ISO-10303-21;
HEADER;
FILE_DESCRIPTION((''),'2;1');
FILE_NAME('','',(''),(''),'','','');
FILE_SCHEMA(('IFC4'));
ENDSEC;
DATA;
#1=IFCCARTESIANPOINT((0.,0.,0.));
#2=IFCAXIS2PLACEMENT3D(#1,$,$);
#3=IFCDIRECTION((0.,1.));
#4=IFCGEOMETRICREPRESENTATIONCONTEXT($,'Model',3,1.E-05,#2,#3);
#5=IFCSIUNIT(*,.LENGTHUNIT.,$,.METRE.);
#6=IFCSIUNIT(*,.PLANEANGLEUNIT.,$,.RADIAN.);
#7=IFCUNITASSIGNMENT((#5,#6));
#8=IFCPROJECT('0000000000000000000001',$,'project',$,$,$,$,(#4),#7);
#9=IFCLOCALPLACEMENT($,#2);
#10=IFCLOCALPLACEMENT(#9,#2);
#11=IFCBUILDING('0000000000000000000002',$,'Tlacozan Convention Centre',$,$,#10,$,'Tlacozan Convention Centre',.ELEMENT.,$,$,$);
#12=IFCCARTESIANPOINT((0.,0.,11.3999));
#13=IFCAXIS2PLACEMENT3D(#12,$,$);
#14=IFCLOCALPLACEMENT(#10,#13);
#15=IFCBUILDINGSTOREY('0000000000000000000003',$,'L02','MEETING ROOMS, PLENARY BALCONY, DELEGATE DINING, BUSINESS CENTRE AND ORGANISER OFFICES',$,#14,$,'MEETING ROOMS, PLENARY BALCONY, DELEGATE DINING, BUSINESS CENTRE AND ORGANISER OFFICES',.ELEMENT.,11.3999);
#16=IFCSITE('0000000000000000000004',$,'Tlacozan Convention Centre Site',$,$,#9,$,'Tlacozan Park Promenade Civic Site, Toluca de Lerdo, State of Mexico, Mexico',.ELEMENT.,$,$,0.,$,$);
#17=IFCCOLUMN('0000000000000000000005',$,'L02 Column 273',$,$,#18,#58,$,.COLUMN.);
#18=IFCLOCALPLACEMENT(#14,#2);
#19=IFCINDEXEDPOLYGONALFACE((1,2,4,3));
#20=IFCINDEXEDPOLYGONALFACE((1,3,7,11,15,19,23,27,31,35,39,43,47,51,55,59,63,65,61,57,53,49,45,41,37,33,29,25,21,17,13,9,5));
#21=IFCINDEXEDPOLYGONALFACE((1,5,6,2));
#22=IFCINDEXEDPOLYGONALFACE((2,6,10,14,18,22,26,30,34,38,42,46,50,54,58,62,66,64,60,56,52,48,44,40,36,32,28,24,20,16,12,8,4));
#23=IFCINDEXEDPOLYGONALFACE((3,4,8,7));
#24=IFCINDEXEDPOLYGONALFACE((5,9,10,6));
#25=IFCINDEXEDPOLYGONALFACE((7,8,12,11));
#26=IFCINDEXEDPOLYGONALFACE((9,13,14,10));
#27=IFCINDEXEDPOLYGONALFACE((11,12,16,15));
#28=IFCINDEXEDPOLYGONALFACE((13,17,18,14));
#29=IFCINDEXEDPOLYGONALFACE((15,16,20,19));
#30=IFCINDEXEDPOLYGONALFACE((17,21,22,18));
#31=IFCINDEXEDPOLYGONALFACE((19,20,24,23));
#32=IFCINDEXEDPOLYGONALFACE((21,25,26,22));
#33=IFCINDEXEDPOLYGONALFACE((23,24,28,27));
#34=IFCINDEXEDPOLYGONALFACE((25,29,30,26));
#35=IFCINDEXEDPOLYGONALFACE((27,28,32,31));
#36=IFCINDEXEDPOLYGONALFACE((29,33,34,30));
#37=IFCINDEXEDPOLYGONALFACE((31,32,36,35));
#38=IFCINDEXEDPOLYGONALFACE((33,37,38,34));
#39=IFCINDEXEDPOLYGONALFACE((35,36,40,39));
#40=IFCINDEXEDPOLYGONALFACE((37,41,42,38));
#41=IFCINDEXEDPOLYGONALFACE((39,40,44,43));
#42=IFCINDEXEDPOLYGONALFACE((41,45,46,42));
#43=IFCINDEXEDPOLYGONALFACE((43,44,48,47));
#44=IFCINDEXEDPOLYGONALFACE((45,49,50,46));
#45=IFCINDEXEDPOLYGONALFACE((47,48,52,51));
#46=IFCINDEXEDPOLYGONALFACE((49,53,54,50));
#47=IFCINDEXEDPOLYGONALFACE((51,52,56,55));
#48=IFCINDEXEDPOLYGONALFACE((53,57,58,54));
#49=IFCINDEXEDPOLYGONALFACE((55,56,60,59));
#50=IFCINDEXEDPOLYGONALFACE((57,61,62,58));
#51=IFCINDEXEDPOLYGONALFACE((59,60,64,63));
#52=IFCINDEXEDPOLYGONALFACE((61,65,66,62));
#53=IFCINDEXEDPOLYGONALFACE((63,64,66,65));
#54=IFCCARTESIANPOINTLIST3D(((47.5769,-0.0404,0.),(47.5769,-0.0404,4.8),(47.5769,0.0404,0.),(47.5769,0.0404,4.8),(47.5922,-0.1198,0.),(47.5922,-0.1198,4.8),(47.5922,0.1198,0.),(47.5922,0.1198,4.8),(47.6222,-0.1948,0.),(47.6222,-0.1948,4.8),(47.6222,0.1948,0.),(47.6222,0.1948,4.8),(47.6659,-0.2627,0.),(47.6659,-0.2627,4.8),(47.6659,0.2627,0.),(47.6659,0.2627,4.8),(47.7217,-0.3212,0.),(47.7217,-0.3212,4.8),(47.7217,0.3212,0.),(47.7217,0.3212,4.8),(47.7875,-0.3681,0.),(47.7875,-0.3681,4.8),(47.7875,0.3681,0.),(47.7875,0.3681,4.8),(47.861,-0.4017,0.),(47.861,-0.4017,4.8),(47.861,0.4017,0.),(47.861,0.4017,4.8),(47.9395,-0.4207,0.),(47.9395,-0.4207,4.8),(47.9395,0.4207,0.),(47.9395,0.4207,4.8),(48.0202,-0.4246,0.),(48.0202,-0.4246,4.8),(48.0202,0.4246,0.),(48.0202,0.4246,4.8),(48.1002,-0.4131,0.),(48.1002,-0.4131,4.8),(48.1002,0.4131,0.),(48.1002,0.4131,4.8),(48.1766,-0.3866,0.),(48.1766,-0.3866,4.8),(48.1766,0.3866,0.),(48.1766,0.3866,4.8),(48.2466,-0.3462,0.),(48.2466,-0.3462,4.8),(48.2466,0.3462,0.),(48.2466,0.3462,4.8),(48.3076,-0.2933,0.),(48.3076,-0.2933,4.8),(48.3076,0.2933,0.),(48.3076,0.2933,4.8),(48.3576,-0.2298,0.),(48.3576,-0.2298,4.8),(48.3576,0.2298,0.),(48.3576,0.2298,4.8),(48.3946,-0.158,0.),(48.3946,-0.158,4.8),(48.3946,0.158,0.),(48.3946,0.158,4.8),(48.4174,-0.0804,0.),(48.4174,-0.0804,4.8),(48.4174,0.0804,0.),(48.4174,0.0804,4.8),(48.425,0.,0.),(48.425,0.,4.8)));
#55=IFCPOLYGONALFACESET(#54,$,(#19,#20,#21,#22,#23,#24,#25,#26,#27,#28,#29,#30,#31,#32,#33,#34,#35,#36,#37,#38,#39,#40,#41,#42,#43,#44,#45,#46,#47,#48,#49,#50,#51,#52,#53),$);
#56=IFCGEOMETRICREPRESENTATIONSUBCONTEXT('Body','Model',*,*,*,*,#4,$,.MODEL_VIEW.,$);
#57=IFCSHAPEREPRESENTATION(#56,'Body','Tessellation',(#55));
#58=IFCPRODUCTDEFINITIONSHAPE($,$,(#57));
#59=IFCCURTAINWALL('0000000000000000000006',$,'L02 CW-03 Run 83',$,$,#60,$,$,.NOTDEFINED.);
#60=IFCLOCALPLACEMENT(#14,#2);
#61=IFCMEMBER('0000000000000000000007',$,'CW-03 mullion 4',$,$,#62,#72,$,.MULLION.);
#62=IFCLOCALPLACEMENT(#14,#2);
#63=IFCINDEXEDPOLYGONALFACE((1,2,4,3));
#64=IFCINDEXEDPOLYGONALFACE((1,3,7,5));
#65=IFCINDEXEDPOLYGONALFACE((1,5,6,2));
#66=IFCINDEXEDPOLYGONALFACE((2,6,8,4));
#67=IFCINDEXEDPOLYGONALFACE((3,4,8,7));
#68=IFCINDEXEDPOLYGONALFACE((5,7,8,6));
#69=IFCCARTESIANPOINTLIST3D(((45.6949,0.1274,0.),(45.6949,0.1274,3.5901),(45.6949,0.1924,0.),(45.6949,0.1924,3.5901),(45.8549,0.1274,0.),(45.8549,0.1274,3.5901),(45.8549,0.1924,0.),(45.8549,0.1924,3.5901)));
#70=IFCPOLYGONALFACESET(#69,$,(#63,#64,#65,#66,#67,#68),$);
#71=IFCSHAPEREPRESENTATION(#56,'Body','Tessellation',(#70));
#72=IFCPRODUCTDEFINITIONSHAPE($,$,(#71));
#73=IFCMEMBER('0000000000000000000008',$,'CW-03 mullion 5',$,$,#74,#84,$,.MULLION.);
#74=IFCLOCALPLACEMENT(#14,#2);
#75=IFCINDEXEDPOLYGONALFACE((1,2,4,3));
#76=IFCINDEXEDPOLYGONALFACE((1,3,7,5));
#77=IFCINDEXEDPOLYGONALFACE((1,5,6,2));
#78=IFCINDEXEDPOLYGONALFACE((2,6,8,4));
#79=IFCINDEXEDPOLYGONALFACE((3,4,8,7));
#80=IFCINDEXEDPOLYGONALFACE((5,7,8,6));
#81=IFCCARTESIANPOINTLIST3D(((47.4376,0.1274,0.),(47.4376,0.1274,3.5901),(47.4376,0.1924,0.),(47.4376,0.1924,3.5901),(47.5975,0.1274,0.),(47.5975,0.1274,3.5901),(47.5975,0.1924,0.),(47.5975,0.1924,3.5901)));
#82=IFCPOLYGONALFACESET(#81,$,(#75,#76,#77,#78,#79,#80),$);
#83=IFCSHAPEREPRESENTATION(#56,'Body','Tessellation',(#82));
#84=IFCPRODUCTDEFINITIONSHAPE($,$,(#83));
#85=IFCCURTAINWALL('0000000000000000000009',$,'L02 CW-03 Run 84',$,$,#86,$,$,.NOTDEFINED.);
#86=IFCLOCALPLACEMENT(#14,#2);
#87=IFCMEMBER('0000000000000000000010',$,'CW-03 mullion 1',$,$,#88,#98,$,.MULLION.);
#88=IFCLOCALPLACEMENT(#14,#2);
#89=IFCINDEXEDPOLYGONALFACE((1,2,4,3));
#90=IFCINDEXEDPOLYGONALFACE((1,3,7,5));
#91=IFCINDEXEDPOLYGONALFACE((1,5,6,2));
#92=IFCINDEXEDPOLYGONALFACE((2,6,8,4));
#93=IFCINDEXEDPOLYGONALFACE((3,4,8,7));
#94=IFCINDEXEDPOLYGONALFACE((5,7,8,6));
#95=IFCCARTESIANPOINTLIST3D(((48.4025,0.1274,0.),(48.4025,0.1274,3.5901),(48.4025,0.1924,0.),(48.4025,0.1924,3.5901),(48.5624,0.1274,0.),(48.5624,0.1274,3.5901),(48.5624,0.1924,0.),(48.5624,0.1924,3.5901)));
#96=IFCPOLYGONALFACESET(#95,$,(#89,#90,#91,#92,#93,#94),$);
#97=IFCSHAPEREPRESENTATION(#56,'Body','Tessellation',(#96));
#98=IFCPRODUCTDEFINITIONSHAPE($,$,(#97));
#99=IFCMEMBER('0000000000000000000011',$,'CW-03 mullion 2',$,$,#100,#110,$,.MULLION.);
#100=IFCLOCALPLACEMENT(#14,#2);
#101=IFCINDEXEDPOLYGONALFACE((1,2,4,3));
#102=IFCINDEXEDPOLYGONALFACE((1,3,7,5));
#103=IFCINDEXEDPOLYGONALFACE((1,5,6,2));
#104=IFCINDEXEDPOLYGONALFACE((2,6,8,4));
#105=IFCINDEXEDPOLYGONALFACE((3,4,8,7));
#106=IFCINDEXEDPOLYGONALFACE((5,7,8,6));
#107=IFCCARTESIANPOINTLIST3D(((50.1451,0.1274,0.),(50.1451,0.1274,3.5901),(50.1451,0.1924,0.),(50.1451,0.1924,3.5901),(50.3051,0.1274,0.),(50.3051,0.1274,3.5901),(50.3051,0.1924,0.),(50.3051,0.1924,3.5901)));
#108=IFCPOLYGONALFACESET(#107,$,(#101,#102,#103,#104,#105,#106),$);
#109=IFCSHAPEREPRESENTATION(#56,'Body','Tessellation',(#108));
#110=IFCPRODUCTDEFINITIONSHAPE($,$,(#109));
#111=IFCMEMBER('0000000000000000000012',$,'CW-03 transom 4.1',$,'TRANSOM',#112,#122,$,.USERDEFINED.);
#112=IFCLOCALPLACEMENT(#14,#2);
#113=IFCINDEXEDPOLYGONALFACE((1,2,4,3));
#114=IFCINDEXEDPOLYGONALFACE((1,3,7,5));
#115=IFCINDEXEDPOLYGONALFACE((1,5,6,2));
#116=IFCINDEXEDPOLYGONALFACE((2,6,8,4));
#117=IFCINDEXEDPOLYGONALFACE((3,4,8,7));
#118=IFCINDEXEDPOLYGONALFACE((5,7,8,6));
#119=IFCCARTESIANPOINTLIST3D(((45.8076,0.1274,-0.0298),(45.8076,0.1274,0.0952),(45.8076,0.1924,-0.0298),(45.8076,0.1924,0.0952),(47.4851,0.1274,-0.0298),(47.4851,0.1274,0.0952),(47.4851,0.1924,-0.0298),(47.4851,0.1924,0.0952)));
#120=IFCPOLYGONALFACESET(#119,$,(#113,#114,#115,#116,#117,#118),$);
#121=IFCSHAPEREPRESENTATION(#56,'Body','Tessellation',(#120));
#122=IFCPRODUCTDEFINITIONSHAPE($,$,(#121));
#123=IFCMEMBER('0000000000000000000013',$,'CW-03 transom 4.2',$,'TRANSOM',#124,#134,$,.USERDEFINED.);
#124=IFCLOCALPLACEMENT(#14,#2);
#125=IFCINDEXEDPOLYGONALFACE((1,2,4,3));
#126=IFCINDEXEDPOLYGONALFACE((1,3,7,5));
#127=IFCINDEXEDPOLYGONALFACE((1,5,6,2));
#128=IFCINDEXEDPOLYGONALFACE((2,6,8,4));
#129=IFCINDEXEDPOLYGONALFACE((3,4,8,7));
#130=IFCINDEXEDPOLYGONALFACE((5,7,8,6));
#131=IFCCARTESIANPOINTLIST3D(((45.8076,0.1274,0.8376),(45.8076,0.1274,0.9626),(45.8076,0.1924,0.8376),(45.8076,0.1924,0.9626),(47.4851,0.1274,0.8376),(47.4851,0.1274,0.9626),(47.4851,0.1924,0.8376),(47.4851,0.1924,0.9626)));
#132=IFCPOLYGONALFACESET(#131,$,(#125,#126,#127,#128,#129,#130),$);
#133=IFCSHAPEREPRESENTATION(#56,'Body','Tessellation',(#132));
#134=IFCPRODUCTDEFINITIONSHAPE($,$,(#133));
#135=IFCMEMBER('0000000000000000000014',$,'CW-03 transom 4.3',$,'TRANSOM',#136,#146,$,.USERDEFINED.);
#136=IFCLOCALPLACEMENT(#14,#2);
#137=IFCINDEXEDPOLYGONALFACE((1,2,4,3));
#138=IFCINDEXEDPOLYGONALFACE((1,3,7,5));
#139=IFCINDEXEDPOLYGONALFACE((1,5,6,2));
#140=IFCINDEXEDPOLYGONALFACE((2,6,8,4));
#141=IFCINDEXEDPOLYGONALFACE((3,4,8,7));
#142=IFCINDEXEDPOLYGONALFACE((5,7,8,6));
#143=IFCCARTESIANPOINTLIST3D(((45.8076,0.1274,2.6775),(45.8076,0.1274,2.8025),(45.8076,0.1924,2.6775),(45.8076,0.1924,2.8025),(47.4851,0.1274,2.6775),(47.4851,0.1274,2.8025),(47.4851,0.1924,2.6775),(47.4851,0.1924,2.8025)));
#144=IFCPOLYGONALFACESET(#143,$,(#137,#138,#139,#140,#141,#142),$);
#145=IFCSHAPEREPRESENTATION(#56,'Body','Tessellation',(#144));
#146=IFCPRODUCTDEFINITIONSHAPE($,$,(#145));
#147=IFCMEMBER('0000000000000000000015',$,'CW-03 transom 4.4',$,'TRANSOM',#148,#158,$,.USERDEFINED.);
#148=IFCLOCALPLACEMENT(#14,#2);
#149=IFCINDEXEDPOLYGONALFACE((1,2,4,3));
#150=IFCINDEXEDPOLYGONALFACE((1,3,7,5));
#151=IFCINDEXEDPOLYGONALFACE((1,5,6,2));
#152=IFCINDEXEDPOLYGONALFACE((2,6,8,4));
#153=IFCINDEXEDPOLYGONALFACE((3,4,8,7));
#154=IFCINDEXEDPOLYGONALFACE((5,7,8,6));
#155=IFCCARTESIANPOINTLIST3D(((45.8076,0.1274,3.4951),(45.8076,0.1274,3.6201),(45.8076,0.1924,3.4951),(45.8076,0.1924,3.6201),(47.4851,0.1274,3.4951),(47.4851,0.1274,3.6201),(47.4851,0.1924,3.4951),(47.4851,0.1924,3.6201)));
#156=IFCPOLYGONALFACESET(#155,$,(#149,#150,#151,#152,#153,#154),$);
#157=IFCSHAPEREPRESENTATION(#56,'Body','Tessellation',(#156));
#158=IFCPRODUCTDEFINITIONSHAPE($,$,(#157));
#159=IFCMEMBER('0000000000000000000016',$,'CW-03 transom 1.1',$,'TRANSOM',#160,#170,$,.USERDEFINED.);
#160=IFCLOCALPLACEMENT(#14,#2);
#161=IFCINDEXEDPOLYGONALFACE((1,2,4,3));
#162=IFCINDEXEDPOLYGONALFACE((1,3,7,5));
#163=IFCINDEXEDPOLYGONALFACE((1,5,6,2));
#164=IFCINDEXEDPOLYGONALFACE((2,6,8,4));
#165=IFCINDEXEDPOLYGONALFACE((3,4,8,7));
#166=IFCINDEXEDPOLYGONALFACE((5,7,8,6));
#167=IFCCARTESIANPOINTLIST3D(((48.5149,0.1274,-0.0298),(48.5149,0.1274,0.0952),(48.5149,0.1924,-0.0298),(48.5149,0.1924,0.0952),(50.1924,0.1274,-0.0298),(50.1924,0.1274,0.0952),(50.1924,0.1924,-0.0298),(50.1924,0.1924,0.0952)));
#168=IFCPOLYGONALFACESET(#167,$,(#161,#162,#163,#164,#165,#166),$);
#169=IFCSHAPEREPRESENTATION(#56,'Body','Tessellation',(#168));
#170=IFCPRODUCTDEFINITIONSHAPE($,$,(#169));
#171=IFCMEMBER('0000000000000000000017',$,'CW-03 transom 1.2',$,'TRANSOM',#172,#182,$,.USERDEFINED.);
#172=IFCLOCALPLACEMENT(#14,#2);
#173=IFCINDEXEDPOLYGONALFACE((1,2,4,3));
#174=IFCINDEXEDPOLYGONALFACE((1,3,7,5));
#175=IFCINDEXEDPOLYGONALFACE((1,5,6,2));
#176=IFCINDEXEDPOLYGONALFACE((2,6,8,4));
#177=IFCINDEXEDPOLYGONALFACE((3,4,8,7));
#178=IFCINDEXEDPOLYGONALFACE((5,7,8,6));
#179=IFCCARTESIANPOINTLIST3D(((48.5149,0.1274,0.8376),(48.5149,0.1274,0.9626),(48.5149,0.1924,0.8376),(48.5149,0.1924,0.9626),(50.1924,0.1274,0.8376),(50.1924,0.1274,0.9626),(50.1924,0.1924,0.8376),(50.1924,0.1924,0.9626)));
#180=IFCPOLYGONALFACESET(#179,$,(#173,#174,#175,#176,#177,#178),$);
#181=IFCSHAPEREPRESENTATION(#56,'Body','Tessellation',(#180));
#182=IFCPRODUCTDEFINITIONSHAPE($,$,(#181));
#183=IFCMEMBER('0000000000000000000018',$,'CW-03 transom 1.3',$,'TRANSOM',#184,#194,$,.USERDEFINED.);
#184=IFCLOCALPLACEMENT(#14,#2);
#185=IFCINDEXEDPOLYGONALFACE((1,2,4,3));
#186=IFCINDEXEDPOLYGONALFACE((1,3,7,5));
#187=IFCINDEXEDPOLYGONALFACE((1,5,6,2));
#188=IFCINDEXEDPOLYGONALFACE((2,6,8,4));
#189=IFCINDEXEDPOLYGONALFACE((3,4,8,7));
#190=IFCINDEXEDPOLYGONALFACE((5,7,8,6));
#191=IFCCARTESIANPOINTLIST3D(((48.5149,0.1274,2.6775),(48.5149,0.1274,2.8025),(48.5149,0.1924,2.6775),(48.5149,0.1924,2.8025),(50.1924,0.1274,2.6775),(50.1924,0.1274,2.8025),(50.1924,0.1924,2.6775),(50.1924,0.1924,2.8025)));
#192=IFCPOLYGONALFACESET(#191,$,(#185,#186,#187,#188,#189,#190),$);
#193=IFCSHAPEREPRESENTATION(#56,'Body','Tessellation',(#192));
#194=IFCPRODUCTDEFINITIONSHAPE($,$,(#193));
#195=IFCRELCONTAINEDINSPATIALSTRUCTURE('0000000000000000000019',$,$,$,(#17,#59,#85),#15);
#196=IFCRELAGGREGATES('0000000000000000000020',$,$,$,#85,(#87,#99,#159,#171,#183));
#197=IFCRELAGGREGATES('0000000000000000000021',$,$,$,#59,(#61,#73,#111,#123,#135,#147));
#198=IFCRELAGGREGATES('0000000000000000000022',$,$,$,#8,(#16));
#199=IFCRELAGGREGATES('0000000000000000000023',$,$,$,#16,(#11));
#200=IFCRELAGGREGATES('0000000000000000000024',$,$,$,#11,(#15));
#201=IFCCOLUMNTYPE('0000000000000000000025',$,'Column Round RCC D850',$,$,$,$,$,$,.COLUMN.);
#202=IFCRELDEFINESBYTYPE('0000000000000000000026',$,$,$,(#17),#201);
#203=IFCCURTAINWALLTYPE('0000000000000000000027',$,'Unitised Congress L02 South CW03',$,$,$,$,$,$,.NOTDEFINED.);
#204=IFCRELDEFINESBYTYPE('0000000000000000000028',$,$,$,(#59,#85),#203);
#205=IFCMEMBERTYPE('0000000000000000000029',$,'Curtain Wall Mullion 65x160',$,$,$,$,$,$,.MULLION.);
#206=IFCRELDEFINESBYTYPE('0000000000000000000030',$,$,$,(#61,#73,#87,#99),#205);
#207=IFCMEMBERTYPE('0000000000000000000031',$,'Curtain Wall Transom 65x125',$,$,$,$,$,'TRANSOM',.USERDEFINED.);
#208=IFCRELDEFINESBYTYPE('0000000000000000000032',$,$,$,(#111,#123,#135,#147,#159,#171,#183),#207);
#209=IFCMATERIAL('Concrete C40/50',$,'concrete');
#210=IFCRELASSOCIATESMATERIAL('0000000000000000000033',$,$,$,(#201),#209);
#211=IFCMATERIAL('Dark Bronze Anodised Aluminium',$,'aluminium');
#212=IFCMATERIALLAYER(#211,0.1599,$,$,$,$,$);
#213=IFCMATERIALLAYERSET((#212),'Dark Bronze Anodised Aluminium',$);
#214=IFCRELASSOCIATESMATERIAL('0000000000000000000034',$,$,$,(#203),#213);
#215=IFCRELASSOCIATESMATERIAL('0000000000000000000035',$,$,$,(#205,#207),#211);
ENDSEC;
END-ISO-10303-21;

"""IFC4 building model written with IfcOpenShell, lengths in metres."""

from ifc_helpers import new_model, si_unit, direction, frame, origin, origin_2d, place, context, subcontext, project, spatial, rectangle, circle, extrude, material, layer, layer_set, material_profile, profile_set, type_object, element, aggregate, save


model = new_model("IFC4")

# Units and contexts
model_context = context("Model", 3, precision=1e-05, world=origin(), true_north=direction((0.0, 1.0)))
body_context = subcontext(model_context, "Body", "Model", "MODEL_VIEW")
ifc_project = project(units=[si_unit("LENGTHUNIT", "METRE"), si_unit("PLANEANGLEUNIT", "RADIAN")], contexts=[model_context])

# Site, building, storey
site_placement = place(None, origin())
site = spatial("IfcSite", under=ifc_project, at=site_placement, Name="Tlacozan Convention Centre Site", LongName="Tlacozan Park Promenade Civic Site, Toluca de Lerdo, State of Mexico, Mexico", CompositionType="ELEMENT", RefElevation=0.0)
building_placement = place(site_placement, origin())
building = spatial("IfcBuilding", under=site, at=building_placement, Name="Tlacozan Convention Centre", LongName="Tlacozan Convention Centre", CompositionType="ELEMENT")
storey_placement = place(building_placement, frame((0.0, 0.0, 11.3999)))
storey = spatial("IfcBuildingStorey", under=building, at=storey_placement, Name="L02", Description="MEETING ROOMS, PLENARY BALCONY, DELEGATE DINING, BUSINESS CENTRE AND ORGANISER OFFICES", LongName="MEETING ROOMS, PLENARY BALCONY, DELEGATE DINING, BUSINESS CENTRE AND ORGANISER OFFICES", CompositionType="ELEMENT", Elevation=11.3999)

# Column
ifc_material_1 = material(Name="Concrete C40/50", Category="concrete")
ifc_material_profile_1 = material_profile(ifc_material_1, circle(Radius=0.425, at=origin_2d()), Name="RCC D850")
ifc_profile_set_1 = profile_set([ifc_material_profile_1], Name="Concrete C40/50")
column_type = type_object("IfcColumnType", Name="Column Round RCC D850", PredefinedType="COLUMN", material=ifc_profile_set_1)
column_placement = place(storey_placement, frame((48.0, 0.0, 0.0), z_axis=(0.0, 0.0, 1.0), x_axis=(1.0, 0.0, 0.0)))
element("IfcColumn", 1, at=column_placement, inside=storey, type_object=column_type, Name="L02 Column 273", PredefinedType="COLUMN", context=body_context, shape_type="SweptSolid", body=[
    extrude(circle(Radius=0.425, at=origin_2d()), origin(), (0.0, 0.0, 1.0), 4.8),
])

# Curtain walls, members
ifc_material_2 = material(Name="Dark Bronze Anodised Aluminium", Category="aluminium")
ifc_layer_1 = layer(ifc_material_2, 0.1599)
ifc_layer_set_1 = layer_set([ifc_layer_1], Name="Dark Bronze Anodised Aluminium")
curtain_wall_type = type_object("IfcCurtainWallType", Name="Unitised Congress L02 South CW03", PredefinedType="NOTDEFINED", material=ifc_layer_set_1)
curtain_wall_1_placement = place(storey_placement, origin())
curtain_wall_1 = element("IfcCurtainWall", 2, at=curtain_wall_1_placement, inside=storey, type_object=curtain_wall_type, Name="L02 CW-03 Run 83", PredefinedType="NOTDEFINED")
ifc_material_profile_2 = material_profile(ifc_material_2, rectangle(XDim=0.0649, YDim=0.1599, at=origin_2d()), Name="ALU 65x160")
ifc_profile_set_2 = profile_set([ifc_material_profile_2], Name="Dark Bronze Anodised Aluminium")
member_type_1 = type_object("IfcMemberType", Name="Curtain Wall Mullion 65x160", PredefinedType="MULLION", material=ifc_profile_set_2)
member_1_placement = place(storey_placement, frame((45.7749, 0.1599, 0.0), z_axis=(0.0, 0.0, 1.0), x_axis=(0.0, 1.0, 0.0)))
member_1 = element("IfcMember", 3, at=member_1_placement, type_object=member_type_1, Name="CW-03 mullion 4", PredefinedType="MULLION", context=body_context, shape_type="SweptSolid", body=[
    extrude(rectangle(XDim=0.0649, YDim=0.1599, at=origin_2d()), origin(), (0.0, 0.0, 1.0), 3.5901),
])
member_2_placement = place(storey_placement, frame((47.5176, 0.1599, 0.0), z_axis=(0.0, 0.0, 1.0), x_axis=(0.0, 1.0, 0.0)))
member_2 = element("IfcMember", 4, at=member_2_placement, type_object=member_type_1, Name="CW-03 mullion 5", PredefinedType="MULLION", context=body_context, shape_type="SweptSolid", body=[
    extrude(rectangle(XDim=0.0649, YDim=0.1599, at=origin_2d()), origin(), (0.0, 0.0, 1.0), 3.5901),
])
curtain_wall_2_placement = place(storey_placement, origin())
curtain_wall_2 = element("IfcCurtainWall", 5, at=curtain_wall_2_placement, inside=storey, type_object=curtain_wall_type, Name="L02 CW-03 Run 84", PredefinedType="NOTDEFINED")
member_3_placement = place(storey_placement, frame((48.4824, 0.1599, 0.0), z_axis=(0.0, 0.0, 1.0), x_axis=(0.0, 1.0, 0.0)))
member_3 = element("IfcMember", 6, at=member_3_placement, type_object=member_type_1, Name="CW-03 mullion 1", PredefinedType="MULLION", context=body_context, shape_type="SweptSolid", body=[
    extrude(rectangle(XDim=0.0649, YDim=0.1599, at=origin_2d()), origin(), (0.0, 0.0, 1.0), 3.5901),
])
member_4_placement = place(storey_placement, frame((50.2251, 0.1599, 0.0), z_axis=(0.0, 0.0, 1.0), x_axis=(0.0, 1.0, 0.0)))
member_4 = element("IfcMember", 7, at=member_4_placement, type_object=member_type_1, Name="CW-03 mullion 2", PredefinedType="MULLION", context=body_context, shape_type="SweptSolid", body=[
    extrude(rectangle(XDim=0.0649, YDim=0.1599, at=origin_2d()), origin(), (0.0, 0.0, 1.0), 3.5901),
])

# Members
ifc_material_profile_3 = material_profile(ifc_material_2, rectangle(XDim=0.0649, YDim=0.125, at=origin_2d()), Name="ALU 65x125")
ifc_profile_set_3 = profile_set([ifc_material_profile_3], Name="Dark Bronze Anodised Aluminium")
member_type_2 = type_object("IfcMemberType", Name="Curtain Wall Transom 65x125", ElementType="TRANSOM", PredefinedType="USERDEFINED", material=ifc_profile_set_3)
member_5_placement = place(storey_placement, frame((45.8076, 0.1599, 0.0327), z_axis=(1.0, 0.0, 0.0), x_axis=(0.0, 1.0, 0.0)))
member_5 = element("IfcMember", 8, at=member_5_placement, type_object=member_type_2, Name="CW-03 transom 4.1", ObjectType="TRANSOM", PredefinedType="USERDEFINED", context=body_context, shape_type="SweptSolid", body=[
    extrude(rectangle(XDim=0.0649, YDim=0.125, at=origin_2d()), origin(), (0.0, 0.0, 1.0), 1.6775),
])
member_6_placement = place(storey_placement, frame((45.8076, 0.1599, 0.9001), z_axis=(1.0, 0.0, 0.0), x_axis=(0.0, 1.0, 0.0)))
member_6 = element("IfcMember", 9, at=member_6_placement, type_object=member_type_2, Name="CW-03 transom 4.2", ObjectType="TRANSOM", PredefinedType="USERDEFINED", context=body_context, shape_type="SweptSolid", body=[
    extrude(rectangle(XDim=0.0649, YDim=0.125, at=origin_2d()), origin(), (0.0, 0.0, 1.0), 1.6775),
])
member_7_placement = place(storey_placement, frame((45.8076, 0.1599, 2.74), z_axis=(1.0, 0.0, 0.0), x_axis=(0.0, 1.0, 0.0)))
member_7 = element("IfcMember", 10, at=member_7_placement, type_object=member_type_2, Name="CW-03 transom 4.3", ObjectType="TRANSOM", PredefinedType="USERDEFINED", context=body_context, shape_type="SweptSolid", body=[
    extrude(rectangle(XDim=0.0649, YDim=0.125, at=origin_2d()), origin(), (0.0, 0.0, 1.0), 1.6775),
])
member_8_placement = place(storey_placement, frame((45.8076, 0.1599, 3.5576), z_axis=(1.0, 0.0, 0.0), x_axis=(0.0, 1.0, 0.0)))
member_8 = element("IfcMember", 11, at=member_8_placement, type_object=member_type_2, Name="CW-03 transom 4.4", ObjectType="TRANSOM", PredefinedType="USERDEFINED", context=body_context, shape_type="SweptSolid", body=[
    extrude(rectangle(XDim=0.0649, YDim=0.125, at=origin_2d()), origin(), (0.0, 0.0, 1.0), 1.6775),
])
member_9_placement = place(storey_placement, frame((48.5149, 0.1599, 0.0327), z_axis=(1.0, 0.0, 0.0), x_axis=(0.0, 1.0, 0.0)))
member_9 = element("IfcMember", 12, at=member_9_placement, type_object=member_type_2, Name="CW-03 transom 1.1", ObjectType="TRANSOM", PredefinedType="USERDEFINED", context=body_context, shape_type="SweptSolid", body=[
    extrude(rectangle(XDim=0.0649, YDim=0.125, at=origin_2d()), origin(), (0.0, 0.0, 1.0), 1.6775),
])
member_10_placement = place(storey_placement, frame((48.5149, 0.1599, 0.9001), z_axis=(1.0, 0.0, 0.0), x_axis=(0.0, 1.0, 0.0)))
member_10 = element("IfcMember", 13, at=member_10_placement, type_object=member_type_2, Name="CW-03 transom 1.2", ObjectType="TRANSOM", PredefinedType="USERDEFINED", context=body_context, shape_type="SweptSolid", body=[
    extrude(rectangle(XDim=0.0649, YDim=0.125, at=origin_2d()), origin(), (0.0, 0.0, 1.0), 1.6775),
])
member_11_placement = place(storey_placement, frame((48.5149, 0.1599, 2.74), z_axis=(1.0, 0.0, 0.0), x_axis=(0.0, 1.0, 0.0)))
member_11 = element("IfcMember", 14, at=member_11_placement, type_object=member_type_2, Name="CW-03 transom 1.3", ObjectType="TRANSOM", PredefinedType="USERDEFINED", context=body_context, shape_type="SweptSolid", body=[
    extrude(rectangle(XDim=0.0649, YDim=0.125, at=origin_2d()), origin(), (0.0, 0.0, 1.0), 1.6775),
])

aggregate(curtain_wall_2, [member_3, member_4, member_9, member_10, member_11])
aggregate(curtain_wall_1, [member_1, member_2, member_5, member_6, member_7, member_8])

save(model, "model.ifc")
